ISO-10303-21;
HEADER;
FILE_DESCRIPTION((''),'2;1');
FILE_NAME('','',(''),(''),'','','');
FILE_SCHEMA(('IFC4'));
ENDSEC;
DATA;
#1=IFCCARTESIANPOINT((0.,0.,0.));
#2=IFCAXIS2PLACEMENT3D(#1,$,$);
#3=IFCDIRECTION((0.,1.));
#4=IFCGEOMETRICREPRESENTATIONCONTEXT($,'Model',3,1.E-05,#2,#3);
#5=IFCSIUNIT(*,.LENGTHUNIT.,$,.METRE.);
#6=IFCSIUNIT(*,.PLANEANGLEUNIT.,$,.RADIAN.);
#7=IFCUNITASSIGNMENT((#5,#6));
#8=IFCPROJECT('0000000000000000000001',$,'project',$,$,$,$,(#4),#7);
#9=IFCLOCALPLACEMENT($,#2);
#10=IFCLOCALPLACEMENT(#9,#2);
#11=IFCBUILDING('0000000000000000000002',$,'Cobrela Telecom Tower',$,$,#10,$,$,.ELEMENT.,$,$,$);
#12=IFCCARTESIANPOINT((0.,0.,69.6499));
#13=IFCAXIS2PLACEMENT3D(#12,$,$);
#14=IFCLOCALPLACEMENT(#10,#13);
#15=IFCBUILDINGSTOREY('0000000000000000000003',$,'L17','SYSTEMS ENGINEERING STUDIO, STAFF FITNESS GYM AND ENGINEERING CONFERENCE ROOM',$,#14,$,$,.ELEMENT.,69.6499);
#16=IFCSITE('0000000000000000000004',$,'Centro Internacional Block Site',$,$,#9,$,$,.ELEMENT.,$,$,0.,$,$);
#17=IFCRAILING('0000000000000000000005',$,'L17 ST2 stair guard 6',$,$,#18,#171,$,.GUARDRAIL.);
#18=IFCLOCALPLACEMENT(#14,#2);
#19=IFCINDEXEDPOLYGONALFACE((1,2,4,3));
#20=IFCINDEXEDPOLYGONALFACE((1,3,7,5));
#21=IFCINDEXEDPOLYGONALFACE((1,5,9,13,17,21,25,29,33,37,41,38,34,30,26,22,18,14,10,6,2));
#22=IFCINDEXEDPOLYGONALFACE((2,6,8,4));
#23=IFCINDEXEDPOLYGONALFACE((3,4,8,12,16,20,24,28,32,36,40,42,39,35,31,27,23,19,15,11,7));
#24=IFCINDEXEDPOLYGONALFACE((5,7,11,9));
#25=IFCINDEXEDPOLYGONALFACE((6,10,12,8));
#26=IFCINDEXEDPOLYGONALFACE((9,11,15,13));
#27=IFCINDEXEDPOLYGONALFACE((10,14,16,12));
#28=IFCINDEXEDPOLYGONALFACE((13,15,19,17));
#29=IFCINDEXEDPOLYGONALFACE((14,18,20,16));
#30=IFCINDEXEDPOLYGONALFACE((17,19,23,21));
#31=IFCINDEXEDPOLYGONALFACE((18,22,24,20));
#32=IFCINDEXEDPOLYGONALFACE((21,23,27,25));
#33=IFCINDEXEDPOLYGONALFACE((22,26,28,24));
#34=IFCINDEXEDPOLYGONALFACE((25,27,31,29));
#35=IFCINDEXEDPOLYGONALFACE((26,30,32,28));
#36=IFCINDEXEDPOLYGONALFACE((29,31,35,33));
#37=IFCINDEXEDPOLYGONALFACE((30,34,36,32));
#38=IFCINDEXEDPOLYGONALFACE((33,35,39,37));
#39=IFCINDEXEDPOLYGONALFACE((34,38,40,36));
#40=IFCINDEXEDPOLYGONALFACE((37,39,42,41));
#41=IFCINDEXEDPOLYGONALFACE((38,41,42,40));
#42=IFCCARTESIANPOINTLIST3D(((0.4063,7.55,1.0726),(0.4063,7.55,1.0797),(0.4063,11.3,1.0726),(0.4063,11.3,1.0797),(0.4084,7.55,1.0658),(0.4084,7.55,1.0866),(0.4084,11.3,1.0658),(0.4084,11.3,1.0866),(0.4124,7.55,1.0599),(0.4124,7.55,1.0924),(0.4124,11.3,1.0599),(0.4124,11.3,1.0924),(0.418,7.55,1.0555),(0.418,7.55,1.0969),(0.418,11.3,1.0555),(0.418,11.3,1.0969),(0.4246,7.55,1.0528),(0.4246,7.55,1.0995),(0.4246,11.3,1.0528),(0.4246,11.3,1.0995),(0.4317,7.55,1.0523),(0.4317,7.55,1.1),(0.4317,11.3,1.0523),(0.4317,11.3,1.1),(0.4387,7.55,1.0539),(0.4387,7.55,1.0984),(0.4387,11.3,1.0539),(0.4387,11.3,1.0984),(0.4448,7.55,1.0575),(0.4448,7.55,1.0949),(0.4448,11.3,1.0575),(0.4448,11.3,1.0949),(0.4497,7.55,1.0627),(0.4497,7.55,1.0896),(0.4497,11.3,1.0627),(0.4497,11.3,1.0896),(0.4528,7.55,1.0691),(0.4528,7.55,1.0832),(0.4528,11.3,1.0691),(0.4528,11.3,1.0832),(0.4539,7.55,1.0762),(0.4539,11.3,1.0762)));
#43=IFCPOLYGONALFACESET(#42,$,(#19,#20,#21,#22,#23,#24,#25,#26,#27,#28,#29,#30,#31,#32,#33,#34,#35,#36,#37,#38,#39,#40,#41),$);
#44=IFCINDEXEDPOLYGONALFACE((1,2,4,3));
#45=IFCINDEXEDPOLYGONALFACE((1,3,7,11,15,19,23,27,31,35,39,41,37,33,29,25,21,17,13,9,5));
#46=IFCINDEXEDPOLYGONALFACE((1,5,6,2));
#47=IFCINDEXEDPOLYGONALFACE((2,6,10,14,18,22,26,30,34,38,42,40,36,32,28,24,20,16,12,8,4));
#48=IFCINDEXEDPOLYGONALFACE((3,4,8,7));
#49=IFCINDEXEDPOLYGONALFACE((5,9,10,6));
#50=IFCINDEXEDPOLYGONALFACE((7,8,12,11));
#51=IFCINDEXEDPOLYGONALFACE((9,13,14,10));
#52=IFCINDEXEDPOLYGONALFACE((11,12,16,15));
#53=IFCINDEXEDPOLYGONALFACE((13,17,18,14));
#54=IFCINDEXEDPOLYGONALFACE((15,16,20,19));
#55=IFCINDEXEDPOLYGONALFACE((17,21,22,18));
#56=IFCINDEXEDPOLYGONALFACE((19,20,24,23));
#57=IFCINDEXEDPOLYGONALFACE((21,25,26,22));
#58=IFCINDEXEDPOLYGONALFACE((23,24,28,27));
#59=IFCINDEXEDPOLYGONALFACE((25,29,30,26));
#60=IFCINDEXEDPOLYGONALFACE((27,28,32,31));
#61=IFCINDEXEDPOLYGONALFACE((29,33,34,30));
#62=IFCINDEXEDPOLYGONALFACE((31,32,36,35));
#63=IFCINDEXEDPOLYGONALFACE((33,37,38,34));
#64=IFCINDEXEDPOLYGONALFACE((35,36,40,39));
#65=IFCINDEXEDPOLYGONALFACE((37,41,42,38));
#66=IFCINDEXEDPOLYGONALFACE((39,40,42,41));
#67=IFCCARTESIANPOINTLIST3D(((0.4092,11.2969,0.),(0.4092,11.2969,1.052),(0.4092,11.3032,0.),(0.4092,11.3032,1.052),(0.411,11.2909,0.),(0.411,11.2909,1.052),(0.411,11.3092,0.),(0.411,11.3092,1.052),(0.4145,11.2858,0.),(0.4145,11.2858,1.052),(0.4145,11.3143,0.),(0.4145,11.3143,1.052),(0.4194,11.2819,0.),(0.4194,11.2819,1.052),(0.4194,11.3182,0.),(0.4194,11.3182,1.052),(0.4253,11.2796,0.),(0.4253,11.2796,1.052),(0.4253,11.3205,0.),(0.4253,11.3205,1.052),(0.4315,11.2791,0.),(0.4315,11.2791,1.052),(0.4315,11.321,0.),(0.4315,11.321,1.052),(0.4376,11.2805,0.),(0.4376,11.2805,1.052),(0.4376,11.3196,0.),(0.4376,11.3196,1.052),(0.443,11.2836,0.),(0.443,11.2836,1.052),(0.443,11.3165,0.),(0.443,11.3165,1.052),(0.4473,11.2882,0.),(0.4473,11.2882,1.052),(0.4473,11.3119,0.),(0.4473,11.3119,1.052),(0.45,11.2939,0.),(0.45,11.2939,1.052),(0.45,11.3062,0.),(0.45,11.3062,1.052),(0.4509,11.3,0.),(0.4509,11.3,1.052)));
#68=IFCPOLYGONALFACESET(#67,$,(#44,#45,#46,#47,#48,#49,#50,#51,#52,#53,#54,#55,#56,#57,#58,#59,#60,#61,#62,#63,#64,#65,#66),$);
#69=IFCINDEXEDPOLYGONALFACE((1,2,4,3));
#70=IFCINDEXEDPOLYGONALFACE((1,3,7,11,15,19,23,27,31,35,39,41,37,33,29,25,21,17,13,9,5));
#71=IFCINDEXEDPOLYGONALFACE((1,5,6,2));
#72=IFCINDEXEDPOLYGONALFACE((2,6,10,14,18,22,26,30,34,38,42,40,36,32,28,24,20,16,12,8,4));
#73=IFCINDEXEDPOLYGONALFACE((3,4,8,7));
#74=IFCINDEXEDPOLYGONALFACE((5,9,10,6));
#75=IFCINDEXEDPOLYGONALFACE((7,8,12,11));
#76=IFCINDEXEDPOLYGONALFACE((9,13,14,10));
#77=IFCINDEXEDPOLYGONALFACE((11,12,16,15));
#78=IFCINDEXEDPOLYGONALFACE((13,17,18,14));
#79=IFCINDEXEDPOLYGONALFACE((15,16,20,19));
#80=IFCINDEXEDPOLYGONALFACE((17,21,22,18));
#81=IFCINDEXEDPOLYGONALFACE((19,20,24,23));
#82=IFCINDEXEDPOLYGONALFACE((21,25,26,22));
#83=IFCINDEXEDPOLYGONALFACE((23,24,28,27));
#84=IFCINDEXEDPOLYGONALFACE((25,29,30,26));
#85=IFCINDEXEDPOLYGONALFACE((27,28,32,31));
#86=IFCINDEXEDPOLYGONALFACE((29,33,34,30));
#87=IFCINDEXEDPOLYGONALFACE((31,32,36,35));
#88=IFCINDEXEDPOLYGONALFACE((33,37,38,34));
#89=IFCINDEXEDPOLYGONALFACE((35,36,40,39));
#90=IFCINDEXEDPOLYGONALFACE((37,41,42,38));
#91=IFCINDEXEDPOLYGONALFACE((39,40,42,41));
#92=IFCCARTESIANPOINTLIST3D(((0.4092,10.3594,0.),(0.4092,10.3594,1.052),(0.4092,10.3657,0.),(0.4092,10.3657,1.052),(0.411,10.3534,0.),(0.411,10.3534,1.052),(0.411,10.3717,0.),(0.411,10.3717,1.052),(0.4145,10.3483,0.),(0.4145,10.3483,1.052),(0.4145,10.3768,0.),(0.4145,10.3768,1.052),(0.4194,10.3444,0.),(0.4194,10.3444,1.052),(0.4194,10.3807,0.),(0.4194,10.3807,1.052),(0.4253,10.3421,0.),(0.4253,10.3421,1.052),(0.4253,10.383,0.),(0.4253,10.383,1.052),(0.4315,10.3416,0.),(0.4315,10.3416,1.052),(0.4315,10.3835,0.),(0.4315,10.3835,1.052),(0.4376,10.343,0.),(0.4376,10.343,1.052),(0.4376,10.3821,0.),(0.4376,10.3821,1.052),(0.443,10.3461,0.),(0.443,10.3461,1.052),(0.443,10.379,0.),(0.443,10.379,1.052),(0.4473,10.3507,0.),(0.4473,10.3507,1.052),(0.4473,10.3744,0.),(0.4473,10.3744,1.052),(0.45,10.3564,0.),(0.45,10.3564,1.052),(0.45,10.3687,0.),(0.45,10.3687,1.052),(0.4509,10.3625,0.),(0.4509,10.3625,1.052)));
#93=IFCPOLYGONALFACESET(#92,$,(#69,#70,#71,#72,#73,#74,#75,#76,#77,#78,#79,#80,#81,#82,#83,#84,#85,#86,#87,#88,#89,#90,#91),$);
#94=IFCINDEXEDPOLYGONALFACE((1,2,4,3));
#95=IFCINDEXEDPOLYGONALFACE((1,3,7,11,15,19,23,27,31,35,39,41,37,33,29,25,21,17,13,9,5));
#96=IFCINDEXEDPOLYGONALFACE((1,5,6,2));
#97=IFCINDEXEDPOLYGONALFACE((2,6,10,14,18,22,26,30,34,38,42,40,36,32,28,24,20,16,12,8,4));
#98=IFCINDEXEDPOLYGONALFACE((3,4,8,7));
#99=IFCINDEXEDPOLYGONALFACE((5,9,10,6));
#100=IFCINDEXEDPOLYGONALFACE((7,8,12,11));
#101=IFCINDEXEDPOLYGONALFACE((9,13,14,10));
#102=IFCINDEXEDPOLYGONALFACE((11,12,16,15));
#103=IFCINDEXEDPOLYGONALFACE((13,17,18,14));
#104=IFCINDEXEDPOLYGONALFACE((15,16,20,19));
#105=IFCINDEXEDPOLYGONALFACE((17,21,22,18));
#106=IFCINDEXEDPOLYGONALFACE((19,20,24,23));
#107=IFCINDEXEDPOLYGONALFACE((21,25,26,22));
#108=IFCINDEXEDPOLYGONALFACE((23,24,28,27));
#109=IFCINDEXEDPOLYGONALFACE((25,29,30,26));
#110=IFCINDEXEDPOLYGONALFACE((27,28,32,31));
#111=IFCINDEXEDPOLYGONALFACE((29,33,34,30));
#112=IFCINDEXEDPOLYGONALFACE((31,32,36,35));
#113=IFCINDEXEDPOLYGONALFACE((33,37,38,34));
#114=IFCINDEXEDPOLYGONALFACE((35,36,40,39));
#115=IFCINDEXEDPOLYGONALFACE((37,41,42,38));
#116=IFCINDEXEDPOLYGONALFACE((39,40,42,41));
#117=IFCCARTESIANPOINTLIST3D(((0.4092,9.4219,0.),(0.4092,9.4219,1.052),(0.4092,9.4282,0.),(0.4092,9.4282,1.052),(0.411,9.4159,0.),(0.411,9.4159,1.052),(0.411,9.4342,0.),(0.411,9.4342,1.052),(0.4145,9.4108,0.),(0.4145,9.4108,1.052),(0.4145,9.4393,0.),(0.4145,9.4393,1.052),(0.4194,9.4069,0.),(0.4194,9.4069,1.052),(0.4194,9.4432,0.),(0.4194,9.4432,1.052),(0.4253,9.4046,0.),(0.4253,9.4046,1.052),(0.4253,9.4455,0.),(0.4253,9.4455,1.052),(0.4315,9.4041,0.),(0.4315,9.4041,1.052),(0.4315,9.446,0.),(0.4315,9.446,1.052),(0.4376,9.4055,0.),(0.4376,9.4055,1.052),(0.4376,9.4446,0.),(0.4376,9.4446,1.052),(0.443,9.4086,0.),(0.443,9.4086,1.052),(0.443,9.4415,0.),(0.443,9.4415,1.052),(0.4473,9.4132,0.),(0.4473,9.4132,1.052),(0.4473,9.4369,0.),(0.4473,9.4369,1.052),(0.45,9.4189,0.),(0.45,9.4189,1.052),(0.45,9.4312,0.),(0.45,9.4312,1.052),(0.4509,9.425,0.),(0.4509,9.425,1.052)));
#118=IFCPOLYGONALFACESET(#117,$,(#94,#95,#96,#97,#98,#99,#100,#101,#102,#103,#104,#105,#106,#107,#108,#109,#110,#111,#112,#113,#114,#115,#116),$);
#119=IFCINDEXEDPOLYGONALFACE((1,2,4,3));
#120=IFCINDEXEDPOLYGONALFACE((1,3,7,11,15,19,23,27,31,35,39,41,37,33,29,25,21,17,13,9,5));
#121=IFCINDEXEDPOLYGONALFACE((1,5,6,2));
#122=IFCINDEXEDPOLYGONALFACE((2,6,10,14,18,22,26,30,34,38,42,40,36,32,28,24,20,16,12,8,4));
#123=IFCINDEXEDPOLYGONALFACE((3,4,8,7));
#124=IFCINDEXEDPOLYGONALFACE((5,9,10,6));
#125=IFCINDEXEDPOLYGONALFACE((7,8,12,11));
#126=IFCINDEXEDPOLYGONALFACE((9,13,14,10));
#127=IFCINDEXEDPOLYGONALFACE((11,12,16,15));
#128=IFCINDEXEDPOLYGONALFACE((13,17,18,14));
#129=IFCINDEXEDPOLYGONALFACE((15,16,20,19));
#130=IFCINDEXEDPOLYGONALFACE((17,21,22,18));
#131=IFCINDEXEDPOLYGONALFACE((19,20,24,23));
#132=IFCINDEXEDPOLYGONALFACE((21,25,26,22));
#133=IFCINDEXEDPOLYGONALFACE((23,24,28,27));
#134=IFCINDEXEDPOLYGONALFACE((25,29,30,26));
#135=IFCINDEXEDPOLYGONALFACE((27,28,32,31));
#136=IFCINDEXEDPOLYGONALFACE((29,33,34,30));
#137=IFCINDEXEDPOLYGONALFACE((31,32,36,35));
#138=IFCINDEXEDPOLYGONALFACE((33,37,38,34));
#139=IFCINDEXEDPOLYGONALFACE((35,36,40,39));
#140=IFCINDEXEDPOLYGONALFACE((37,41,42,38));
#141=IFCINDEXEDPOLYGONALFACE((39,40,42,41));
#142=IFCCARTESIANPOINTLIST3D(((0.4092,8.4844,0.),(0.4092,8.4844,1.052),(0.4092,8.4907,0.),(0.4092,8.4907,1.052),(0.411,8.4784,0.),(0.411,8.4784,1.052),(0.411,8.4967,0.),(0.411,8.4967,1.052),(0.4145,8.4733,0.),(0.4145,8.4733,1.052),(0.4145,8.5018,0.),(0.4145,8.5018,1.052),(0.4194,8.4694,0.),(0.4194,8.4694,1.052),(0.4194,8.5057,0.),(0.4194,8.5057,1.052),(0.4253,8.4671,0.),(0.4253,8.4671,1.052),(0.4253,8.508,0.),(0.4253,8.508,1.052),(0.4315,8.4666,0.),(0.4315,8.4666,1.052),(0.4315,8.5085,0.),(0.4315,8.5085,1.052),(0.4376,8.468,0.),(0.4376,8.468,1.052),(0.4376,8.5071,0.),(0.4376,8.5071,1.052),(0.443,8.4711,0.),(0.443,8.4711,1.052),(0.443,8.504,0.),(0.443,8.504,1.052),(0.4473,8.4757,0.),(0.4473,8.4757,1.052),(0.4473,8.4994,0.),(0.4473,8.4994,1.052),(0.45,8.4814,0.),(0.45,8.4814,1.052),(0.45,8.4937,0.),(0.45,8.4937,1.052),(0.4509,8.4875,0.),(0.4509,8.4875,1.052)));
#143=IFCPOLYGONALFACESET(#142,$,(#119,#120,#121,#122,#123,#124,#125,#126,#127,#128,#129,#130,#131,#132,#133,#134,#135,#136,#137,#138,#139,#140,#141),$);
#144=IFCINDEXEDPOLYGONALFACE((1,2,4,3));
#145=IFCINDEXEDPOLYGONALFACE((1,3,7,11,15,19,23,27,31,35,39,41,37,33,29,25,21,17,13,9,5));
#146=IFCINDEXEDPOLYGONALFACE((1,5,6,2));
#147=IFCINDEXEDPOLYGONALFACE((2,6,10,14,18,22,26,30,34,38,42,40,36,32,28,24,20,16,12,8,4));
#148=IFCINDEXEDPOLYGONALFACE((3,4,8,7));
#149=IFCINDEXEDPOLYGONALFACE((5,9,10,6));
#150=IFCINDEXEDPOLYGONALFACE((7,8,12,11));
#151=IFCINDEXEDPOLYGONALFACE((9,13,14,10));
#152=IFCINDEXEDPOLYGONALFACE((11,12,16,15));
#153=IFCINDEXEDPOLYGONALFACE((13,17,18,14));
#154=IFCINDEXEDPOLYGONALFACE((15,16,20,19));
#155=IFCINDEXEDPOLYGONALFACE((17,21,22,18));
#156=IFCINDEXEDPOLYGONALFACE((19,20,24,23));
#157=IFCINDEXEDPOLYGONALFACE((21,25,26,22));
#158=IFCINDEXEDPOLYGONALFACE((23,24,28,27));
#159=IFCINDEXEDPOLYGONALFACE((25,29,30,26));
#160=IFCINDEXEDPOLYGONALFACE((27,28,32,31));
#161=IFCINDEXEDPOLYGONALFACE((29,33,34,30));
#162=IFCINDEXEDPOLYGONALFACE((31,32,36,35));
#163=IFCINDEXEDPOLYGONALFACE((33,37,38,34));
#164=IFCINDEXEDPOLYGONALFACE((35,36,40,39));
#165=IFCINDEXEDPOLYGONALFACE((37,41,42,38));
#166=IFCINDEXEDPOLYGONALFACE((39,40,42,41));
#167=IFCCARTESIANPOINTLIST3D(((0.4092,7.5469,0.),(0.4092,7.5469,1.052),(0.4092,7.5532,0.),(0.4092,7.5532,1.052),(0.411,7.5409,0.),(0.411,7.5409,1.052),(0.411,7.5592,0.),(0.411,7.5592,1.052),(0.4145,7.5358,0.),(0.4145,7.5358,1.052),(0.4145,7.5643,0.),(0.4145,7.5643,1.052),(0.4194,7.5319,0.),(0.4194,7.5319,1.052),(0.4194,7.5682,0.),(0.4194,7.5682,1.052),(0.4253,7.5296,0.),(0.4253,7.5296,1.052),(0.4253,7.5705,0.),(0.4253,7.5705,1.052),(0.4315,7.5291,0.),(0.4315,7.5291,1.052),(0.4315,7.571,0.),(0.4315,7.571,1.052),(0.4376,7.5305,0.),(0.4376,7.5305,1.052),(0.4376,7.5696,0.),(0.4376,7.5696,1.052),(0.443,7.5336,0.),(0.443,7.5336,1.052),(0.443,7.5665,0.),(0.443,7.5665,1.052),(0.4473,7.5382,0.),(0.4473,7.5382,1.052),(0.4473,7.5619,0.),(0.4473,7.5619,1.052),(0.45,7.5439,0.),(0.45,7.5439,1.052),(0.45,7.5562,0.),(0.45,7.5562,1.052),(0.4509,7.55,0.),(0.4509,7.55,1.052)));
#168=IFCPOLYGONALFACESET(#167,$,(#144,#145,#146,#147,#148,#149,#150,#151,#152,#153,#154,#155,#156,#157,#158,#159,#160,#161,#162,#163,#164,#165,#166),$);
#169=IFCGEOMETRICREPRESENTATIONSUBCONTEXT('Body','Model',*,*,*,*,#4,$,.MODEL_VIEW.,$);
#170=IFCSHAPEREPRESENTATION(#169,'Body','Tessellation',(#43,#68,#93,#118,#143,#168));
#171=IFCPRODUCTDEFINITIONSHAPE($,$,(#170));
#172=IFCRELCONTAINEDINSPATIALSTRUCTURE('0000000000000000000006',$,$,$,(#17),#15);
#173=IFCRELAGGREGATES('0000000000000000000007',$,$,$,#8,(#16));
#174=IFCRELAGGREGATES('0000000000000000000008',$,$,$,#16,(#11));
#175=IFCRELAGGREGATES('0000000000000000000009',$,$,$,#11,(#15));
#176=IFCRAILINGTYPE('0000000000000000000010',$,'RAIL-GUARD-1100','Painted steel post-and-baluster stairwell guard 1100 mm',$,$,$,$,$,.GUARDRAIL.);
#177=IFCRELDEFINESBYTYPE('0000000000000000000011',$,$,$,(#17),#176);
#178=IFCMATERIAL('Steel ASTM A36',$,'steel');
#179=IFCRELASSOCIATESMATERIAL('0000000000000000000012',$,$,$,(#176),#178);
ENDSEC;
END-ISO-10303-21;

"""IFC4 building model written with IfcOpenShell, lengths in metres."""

from ifc_helpers import new_model, si_unit, direction, frame, origin, origin_2d, place, context, subcontext, project, spatial, circle, extrude, material, type_object, element, save


model = new_model("IFC4")

# Units and contexts
model_context = context("Model", 3, precision=1e-05, world=origin(), true_north=direction((0.0, 1.0)))
body_context = subcontext(model_context, "Body", "Model", "MODEL_VIEW")
ifc_project = project(units=[si_unit("LENGTHUNIT", "METRE"), si_unit("PLANEANGLEUNIT", "RADIAN")], contexts=[model_context])

# Site, building, storey
site_placement = place(None, origin())
site = spatial("IfcSite", under=ifc_project, at=site_placement, Name="Centro Internacional Block Site", CompositionType="ELEMENT", RefElevation=0.0)
building_placement = place(site_placement, origin())
building = spatial("IfcBuilding", under=site, at=building_placement, Name="Cobrela Telecom Tower", CompositionType="ELEMENT")
storey_placement = place(building_placement, frame((0.0, 0.0, 69.6499)))
storey = spatial("IfcBuildingStorey", under=building, at=storey_placement, Name="L17", Description="SYSTEMS ENGINEERING STUDIO, STAFF FITNESS GYM AND ENGINEERING CONFERENCE ROOM", CompositionType="ELEMENT", Elevation=69.6499)

# Railing
ifc_material_1 = material(Name="Steel ASTM A36", Category="steel")
railing_type_1 = type_object("IfcRailingType", Name="RAIL-GUARD-1100", Description="Painted steel post-and-baluster stairwell guard 1100 mm", PredefinedType="GUARDRAIL", material=ifc_material_1)
railing_1_placement = place(storey_placement, frame((0.4299, 11.3, 0.0)))
element("IfcRailing", 1, at=railing_1_placement, inside=storey, type_object=railing_type_1, Name="L17 ST2 stair guard 6", PredefinedType="GUARDRAIL", context=body_context, shape_type="SweptSolid", body=[
    extrude(circle(Radius=0.0239, at=origin_2d()), frame((0.0, 0.0, 1.0762), z_axis=(0.0, -1.0, 0.0), x_axis=(1.0, 0.0, 0.0)), (0.0, 0.0, 1.0), 3.75),
    extrude(circle(Radius=0.021, at=origin_2d()), origin(), (0.0, 0.0, 1.0), 1.052),
    extrude(circle(Radius=0.021, at=origin_2d()), frame((0.0, -0.9375, 0.0)), (0.0, 0.0, 1.0), 1.052),
    extrude(circle(Radius=0.021, at=origin_2d()), frame((0.0, -1.875, 0.0)), (0.0, 0.0, 1.0), 1.052),
    extrude(circle(Radius=0.021, at=origin_2d()), frame((0.0, -2.8125, 0.0)), (0.0, 0.0, 1.0), 1.052),
    extrude(circle(Radius=0.021, at=origin_2d()), frame((0.0, -3.75, 0.0)), (0.0, 0.0, 1.0), 1.052),
])

save(model, "model.ifc")
